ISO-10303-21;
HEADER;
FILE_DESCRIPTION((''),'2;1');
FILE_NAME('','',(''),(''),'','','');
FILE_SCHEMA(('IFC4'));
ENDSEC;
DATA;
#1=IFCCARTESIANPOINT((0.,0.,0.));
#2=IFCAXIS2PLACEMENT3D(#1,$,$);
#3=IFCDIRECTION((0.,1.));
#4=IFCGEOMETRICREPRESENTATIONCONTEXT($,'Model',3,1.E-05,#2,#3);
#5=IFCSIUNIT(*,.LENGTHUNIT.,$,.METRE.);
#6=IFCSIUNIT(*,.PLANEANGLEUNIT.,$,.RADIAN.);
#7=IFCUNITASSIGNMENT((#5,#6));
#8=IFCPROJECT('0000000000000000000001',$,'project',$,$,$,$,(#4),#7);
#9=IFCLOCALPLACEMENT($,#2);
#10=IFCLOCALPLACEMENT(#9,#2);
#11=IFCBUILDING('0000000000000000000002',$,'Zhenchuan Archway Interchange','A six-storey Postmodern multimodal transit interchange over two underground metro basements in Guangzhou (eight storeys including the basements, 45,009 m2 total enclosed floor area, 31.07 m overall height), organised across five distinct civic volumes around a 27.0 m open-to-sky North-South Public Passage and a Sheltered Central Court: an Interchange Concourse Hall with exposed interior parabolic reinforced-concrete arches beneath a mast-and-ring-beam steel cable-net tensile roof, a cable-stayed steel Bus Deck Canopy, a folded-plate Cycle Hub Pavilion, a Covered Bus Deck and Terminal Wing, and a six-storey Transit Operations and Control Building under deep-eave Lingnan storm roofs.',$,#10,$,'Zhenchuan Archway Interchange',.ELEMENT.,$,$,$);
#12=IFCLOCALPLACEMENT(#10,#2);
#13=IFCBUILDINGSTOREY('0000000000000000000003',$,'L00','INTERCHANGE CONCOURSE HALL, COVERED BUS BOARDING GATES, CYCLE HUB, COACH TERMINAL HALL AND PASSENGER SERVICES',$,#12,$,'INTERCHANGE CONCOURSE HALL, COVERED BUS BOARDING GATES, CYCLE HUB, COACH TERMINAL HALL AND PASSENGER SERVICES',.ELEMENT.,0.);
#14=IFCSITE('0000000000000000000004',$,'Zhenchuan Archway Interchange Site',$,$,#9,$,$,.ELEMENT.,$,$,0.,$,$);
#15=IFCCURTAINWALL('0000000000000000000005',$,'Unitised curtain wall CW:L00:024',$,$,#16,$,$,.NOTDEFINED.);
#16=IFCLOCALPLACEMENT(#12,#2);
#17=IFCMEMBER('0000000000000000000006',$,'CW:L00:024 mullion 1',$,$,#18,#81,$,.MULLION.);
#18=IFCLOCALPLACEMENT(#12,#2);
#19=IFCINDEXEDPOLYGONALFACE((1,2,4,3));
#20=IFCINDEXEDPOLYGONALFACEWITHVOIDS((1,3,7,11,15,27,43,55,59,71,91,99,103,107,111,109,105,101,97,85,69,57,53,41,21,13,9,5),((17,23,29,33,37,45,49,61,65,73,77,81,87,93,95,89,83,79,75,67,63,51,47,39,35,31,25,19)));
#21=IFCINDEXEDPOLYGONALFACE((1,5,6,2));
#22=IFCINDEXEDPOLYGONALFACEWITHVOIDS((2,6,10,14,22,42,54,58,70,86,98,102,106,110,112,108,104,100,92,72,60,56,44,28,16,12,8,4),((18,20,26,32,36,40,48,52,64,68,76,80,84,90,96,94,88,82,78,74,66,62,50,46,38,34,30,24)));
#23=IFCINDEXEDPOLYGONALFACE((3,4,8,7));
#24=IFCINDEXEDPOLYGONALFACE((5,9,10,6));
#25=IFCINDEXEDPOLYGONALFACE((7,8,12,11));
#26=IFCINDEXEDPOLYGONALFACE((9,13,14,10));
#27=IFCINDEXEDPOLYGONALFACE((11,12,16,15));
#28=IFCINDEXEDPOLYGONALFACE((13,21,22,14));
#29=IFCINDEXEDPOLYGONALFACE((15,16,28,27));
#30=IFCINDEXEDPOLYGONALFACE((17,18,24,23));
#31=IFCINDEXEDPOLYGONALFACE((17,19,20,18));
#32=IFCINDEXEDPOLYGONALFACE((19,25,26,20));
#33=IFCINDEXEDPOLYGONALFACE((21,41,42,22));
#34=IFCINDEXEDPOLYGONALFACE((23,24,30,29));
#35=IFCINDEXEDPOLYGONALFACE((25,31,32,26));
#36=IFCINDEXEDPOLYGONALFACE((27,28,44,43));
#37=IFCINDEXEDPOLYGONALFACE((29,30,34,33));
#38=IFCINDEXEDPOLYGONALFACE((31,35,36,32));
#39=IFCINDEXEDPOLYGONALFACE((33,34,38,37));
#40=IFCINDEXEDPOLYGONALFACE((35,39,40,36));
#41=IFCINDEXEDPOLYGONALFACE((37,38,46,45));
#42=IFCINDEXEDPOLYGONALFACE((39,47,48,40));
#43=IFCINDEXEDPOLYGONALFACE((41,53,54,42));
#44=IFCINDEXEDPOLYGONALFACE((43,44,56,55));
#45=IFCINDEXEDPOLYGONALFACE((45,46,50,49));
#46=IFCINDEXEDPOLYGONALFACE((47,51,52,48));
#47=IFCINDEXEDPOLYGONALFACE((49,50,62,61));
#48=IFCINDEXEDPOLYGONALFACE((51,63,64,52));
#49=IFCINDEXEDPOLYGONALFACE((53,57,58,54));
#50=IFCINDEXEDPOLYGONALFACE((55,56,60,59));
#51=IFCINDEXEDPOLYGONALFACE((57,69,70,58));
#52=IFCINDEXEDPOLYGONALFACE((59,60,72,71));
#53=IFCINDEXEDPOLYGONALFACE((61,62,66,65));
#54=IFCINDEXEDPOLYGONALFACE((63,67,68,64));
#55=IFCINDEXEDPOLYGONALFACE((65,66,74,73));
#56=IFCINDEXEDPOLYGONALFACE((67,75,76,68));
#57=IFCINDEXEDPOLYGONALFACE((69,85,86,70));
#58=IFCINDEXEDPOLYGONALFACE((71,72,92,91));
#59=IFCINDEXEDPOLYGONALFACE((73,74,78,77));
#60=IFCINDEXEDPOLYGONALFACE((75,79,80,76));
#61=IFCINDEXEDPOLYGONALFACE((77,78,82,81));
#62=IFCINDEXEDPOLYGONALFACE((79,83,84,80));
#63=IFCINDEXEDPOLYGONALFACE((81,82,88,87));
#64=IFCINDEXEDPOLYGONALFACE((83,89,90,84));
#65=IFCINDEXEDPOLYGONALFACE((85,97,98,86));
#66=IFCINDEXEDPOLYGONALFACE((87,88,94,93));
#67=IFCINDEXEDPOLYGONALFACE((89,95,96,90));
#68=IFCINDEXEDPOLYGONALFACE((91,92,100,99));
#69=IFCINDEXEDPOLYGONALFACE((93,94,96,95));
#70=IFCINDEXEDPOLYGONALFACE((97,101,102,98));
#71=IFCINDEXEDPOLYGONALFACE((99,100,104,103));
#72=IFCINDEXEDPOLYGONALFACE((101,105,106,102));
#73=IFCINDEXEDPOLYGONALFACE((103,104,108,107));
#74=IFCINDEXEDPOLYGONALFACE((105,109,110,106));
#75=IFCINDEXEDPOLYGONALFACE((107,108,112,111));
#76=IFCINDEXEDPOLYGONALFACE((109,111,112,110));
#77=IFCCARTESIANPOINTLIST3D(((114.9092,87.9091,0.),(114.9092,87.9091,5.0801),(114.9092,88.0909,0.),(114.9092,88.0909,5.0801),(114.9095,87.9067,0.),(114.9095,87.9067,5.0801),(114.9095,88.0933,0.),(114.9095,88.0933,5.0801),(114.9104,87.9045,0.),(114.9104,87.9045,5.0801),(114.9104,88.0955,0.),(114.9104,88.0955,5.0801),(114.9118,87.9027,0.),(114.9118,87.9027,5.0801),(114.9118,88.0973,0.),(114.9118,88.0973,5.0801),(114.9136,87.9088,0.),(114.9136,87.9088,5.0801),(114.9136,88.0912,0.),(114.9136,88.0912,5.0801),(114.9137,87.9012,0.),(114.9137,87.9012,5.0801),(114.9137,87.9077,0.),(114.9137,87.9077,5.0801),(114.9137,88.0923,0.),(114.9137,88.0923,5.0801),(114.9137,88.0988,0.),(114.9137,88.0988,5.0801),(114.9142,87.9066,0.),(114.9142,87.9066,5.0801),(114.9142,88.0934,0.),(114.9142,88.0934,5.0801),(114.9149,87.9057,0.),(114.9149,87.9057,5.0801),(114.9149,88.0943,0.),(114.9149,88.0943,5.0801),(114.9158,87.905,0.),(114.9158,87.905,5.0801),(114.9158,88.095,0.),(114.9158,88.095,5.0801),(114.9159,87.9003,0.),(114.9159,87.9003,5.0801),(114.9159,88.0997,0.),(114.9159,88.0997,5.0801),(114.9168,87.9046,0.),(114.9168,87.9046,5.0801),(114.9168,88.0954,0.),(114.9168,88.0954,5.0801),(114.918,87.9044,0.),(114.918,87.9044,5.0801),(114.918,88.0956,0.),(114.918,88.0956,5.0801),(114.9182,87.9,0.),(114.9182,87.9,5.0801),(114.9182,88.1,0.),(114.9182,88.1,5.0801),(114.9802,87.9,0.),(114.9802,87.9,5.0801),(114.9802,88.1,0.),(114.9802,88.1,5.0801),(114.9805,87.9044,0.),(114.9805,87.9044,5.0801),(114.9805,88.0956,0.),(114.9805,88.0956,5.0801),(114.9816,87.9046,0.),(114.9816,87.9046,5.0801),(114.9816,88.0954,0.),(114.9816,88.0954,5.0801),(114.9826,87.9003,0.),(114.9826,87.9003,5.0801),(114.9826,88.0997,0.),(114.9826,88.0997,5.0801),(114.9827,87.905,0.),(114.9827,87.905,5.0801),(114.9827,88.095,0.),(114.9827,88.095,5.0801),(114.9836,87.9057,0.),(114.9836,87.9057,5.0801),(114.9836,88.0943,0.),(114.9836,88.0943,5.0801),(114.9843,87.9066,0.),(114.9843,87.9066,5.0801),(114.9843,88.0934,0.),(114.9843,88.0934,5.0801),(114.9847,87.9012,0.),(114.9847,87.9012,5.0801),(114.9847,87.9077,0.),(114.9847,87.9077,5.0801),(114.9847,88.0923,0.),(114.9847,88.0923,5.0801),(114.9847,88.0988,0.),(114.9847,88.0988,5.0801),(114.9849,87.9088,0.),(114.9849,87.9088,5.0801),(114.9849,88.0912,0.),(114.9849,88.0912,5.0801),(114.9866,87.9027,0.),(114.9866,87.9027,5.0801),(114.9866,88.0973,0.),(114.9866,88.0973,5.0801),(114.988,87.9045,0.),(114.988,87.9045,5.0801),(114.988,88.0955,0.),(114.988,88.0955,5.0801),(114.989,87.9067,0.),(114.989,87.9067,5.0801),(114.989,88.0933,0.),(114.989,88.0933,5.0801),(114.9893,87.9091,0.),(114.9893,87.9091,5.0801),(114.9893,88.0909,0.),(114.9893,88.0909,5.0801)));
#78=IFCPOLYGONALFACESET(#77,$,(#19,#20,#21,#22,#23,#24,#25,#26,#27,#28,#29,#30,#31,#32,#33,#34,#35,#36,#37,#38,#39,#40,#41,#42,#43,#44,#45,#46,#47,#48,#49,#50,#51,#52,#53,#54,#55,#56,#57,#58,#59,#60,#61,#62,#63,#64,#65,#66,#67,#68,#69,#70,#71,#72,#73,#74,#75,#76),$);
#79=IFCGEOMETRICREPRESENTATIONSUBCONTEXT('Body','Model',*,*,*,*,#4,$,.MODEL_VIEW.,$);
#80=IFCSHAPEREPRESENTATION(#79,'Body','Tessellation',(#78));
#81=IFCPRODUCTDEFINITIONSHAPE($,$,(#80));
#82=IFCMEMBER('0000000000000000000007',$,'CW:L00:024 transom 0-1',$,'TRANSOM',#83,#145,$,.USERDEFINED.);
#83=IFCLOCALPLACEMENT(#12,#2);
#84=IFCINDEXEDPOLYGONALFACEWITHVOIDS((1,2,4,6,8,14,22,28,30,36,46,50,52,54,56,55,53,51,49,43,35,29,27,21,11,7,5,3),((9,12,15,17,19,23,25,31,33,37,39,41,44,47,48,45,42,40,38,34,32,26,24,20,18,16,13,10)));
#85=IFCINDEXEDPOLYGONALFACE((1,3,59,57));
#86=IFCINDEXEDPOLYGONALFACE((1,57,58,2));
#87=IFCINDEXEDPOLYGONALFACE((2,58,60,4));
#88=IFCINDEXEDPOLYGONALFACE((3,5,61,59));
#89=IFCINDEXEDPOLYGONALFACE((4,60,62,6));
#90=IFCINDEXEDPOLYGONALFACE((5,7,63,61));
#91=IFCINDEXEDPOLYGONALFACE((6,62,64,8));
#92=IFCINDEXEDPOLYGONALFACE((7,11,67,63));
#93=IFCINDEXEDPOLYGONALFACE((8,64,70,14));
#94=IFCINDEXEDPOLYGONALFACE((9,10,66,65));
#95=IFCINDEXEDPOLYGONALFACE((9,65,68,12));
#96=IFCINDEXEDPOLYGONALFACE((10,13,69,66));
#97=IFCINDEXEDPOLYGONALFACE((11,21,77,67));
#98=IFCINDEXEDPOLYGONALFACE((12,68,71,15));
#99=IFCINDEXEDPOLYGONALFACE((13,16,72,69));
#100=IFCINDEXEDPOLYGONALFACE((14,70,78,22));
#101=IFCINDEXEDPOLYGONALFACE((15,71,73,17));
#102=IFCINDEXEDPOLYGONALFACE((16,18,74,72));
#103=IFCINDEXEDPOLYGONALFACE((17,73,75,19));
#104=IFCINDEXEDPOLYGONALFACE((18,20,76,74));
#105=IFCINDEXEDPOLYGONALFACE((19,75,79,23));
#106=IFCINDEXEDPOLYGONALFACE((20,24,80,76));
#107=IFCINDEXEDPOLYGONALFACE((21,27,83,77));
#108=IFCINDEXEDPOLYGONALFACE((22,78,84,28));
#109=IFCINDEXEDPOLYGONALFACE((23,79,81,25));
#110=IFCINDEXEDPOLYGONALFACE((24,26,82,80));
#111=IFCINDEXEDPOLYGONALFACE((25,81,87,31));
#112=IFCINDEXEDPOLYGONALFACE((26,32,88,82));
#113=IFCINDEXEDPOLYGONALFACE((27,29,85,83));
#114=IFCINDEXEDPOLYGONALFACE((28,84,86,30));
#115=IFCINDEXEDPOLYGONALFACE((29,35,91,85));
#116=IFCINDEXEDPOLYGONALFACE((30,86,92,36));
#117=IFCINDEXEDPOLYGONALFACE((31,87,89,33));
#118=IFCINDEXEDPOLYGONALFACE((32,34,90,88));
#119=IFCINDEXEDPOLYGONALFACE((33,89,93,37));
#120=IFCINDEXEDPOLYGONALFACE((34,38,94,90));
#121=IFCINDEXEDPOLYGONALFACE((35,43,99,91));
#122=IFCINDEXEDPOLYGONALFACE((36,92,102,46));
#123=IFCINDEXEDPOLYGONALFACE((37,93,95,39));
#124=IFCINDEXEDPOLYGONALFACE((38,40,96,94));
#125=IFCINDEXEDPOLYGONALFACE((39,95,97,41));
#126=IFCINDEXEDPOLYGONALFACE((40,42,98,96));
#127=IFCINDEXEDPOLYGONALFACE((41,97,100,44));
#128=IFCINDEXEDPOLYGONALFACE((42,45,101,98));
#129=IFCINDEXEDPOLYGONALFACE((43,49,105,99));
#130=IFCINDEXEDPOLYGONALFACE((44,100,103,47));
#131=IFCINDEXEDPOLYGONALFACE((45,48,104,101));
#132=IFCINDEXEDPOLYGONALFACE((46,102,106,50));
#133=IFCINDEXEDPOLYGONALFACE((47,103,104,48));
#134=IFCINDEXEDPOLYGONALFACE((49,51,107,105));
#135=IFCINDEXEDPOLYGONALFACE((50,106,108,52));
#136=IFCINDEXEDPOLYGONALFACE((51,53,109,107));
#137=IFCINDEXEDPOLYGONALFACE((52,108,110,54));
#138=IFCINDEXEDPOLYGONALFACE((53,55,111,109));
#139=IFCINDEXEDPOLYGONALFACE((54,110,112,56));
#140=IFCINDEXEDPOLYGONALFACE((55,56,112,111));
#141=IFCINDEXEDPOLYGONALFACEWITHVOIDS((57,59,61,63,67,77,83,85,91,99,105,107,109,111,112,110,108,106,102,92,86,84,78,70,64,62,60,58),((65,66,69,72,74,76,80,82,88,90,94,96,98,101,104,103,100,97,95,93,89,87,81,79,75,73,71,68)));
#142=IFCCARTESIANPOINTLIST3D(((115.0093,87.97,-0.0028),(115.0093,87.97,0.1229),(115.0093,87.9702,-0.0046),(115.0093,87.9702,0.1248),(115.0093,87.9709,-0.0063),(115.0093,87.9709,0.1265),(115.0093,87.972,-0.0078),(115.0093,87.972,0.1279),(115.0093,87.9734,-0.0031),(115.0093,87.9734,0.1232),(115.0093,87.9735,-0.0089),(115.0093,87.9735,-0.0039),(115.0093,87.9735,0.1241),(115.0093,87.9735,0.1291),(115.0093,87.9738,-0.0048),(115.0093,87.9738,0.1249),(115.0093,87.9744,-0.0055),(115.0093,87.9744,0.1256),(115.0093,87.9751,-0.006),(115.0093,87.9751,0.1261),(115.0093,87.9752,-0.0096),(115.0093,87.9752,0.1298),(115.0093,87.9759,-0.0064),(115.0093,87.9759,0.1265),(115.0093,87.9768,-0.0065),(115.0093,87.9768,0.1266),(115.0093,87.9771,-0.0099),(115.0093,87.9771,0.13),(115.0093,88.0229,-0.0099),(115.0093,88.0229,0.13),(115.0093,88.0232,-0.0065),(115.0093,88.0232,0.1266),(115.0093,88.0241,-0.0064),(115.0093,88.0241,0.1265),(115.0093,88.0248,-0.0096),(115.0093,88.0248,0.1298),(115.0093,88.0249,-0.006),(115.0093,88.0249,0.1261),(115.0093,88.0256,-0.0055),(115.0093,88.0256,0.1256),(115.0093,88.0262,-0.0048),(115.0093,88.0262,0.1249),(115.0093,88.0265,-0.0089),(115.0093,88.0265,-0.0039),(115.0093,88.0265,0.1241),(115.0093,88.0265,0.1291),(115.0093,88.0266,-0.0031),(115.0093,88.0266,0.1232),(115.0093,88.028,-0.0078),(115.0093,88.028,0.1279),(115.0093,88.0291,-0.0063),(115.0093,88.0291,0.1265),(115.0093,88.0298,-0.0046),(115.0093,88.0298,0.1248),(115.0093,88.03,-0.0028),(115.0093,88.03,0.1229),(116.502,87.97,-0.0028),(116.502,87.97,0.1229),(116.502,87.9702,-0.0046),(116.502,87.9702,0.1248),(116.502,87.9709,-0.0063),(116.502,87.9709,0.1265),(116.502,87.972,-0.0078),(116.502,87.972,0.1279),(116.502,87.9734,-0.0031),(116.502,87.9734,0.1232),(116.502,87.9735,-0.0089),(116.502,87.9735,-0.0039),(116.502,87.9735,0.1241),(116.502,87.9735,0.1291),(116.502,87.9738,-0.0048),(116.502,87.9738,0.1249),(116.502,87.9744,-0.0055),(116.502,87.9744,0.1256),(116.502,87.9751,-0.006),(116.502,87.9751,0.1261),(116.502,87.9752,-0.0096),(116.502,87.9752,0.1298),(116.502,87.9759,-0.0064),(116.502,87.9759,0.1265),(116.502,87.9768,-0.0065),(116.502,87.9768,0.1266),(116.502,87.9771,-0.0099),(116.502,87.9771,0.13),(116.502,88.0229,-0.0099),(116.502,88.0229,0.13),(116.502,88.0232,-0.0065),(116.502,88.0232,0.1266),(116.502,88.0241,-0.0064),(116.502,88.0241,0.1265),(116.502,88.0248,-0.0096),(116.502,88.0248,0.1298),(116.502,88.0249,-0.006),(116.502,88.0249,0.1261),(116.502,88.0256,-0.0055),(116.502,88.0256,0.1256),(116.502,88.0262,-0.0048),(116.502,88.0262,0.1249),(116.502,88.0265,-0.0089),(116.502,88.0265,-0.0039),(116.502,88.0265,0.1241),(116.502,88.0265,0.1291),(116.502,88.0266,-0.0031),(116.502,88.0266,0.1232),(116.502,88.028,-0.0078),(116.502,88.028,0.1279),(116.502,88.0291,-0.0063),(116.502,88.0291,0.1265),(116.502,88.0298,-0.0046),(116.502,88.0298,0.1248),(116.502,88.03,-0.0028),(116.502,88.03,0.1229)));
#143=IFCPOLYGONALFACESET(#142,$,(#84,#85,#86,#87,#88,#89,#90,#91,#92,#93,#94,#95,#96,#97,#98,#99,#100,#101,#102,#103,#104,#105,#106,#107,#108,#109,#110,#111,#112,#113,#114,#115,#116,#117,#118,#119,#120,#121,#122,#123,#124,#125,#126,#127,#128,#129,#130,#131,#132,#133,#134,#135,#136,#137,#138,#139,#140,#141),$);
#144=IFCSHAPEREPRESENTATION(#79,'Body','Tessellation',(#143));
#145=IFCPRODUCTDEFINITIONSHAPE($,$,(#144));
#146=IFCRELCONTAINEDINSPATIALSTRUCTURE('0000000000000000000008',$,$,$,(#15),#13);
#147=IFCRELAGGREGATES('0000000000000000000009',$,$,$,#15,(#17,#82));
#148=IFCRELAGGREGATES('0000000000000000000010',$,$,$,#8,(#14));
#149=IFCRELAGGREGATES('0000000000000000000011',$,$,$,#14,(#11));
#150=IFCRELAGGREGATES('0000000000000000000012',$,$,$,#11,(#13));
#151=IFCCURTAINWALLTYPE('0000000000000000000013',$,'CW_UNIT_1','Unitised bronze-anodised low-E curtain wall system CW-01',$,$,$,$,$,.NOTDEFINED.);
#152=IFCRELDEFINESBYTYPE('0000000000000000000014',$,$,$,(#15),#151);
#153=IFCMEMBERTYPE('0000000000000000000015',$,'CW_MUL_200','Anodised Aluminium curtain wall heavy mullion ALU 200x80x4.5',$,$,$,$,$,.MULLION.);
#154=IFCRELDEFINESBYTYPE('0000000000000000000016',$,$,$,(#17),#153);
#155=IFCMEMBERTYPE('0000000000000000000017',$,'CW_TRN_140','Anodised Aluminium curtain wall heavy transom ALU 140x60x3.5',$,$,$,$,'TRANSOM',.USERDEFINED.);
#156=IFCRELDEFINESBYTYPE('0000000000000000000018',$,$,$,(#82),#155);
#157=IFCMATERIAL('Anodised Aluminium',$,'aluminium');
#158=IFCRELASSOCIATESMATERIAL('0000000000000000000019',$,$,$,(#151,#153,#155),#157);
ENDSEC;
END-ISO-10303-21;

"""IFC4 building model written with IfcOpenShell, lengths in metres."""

from ifc_helpers import new_model, si_unit, direction, frame, origin, origin_2d, place, context, subcontext, project, spatial, hollow_rectangle, extrude, material, material_profile, profile_set, type_object, element, aggregate, save


model = new_model("IFC4")

# Units and contexts
model_context = context("Model", 3, precision=1e-05, world=origin(), true_north=direction((0.0, 1.0)))
body_context = subcontext(model_context, "Body", "Model", "MODEL_VIEW")
ifc_project = project(units=[si_unit("LENGTHUNIT", "METRE"), si_unit("PLANEANGLEUNIT", "RADIAN")], contexts=[model_context])

# Site, building, storey
site_placement = place(None, origin())
site = spatial("IfcSite", under=ifc_project, at=site_placement, Name="Zhenchuan Archway Interchange Site", CompositionType="ELEMENT", RefElevation=0.0)
building_placement = place(site_placement, origin())
building = spatial("IfcBuilding", under=site, at=building_placement, Name="Zhenchuan Archway Interchange", Description="A six-storey Postmodern multimodal transit interchange over two underground metro basements in Guangzhou (eight storeys including the basements, 45,009 m2 total enclosed floor area, 31.07 m overall height), organised across five distinct civic volumes around a 27.0 m open-to-sky North-South Public Passage and a Sheltered Central Court: an Interchange Concourse Hall with exposed interior parabolic reinforced-concrete arches beneath a mast-and-ring-beam steel cable-net tensile roof, a cable-stayed steel Bus Deck Canopy, a folded-plate Cycle Hub Pavilion, a Covered Bus Deck and Terminal Wing, and a six-storey Transit Operations and Control Building under deep-eave Lingnan storm roofs.", LongName="Zhenchuan Archway Interchange", CompositionType="ELEMENT")
storey_placement = place(building_placement, origin())
storey = spatial("IfcBuildingStorey", under=building, at=storey_placement, Name="L00", Description="INTERCHANGE CONCOURSE HALL, COVERED BUS BOARDING GATES, CYCLE HUB, COACH TERMINAL HALL AND PASSENGER SERVICES", LongName="INTERCHANGE CONCOURSE HALL, COVERED BUS BOARDING GATES, CYCLE HUB, COACH TERMINAL HALL AND PASSENGER SERVICES", CompositionType="ELEMENT", Elevation=0.0)

# Curtain wall, members
ifc_material_1 = material(Name="Anodised Aluminium", Category="aluminium")
curtain_wall_type = type_object("IfcCurtainWallType", Name="CW_UNIT_1", Description="Unitised bronze-anodised low-E curtain wall system CW-01", PredefinedType="NOTDEFINED", material=ifc_material_1)
curtain_wall_placement = place(storey_placement, origin())
curtain_wall = element("IfcCurtainWall", 1, at=curtain_wall_placement, inside=storey, type_object=curtain_wall_type, Name="Unitised curtain wall CW:L00:024", PredefinedType="NOTDEFINED")
ifc_material_profile_1 = material_profile(ifc_material_1, hollow_rectangle(XDim=0.0801, YDim=0.2, WallThickness=0.0044, InnerFilletRadius=0.0044, OuterFilletRadius=0.009, at=origin_2d()), Name="ALU 200x80x4.5")
ifc_profile_set_1 = profile_set([ifc_material_profile_1], Name="Anodised Aluminium")
member_type_1 = type_object("IfcMemberType", Name="CW_MUL_200", Description="Anodised Aluminium curtain wall heavy mullion ALU 200x80x4.5", PredefinedType="MULLION", material=ifc_profile_set_1)
member_1_placement = place(storey_placement, frame((114.9492, 88.0, 0.0), z_axis=(0.0, 0.0, 1.0), x_axis=(1.0, 0.0, 0.0)))
member_1 = element("IfcMember", 2, at=member_1_placement, type_object=member_type_1, Name="CW:L00:024 mullion 1", PredefinedType="MULLION", context=body_context, shape_type="SweptSolid", body=[
    extrude(hollow_rectangle(XDim=0.0801, YDim=0.2, WallThickness=0.0044, InnerFilletRadius=0.0044, OuterFilletRadius=0.009, at=origin_2d()), origin(), (0.0, 0.0, 1.0), 5.0801),
])
ifc_material_profile_2 = material_profile(ifc_material_1, hollow_rectangle(XDim=0.0601, YDim=0.1399, WallThickness=0.0034, InnerFilletRadius=0.0034, OuterFilletRadius=0.0071, at=origin_2d()), Name="ALU 140x60x3.5")
ifc_profile_set_2 = profile_set([ifc_material_profile_2], Name="Anodised Aluminium")
member_type_2 = type_object("IfcMemberType", Name="CW_TRN_140", Description="Anodised Aluminium curtain wall heavy transom ALU 140x60x3.5", ElementType="TRANSOM", PredefinedType="USERDEFINED", material=ifc_profile_set_2)
member_2_placement = place(storey_placement, frame((116.502, 88.0, 0.0601), z_axis=(-1.0, 0.0, 0.0), x_axis=(0.0, -1.0, 0.0)))
member_2 = element("IfcMember", 3, at=member_2_placement, type_object=member_type_2, Name="CW:L00:024 transom 0-1", ObjectType="TRANSOM", PredefinedType="USERDEFINED", context=body_context, shape_type="SweptSolid", body=[
    extrude(hollow_rectangle(XDim=0.0601, YDim=0.1399, WallThickness=0.0034, InnerFilletRadius=0.0034, OuterFilletRadius=0.0071, at=origin_2d()), origin(), (0.0, 0.0, 1.0), 1.4927),
])
aggregate(curtain_wall, [member_1, member_2])

save(model, "model.ifc")
